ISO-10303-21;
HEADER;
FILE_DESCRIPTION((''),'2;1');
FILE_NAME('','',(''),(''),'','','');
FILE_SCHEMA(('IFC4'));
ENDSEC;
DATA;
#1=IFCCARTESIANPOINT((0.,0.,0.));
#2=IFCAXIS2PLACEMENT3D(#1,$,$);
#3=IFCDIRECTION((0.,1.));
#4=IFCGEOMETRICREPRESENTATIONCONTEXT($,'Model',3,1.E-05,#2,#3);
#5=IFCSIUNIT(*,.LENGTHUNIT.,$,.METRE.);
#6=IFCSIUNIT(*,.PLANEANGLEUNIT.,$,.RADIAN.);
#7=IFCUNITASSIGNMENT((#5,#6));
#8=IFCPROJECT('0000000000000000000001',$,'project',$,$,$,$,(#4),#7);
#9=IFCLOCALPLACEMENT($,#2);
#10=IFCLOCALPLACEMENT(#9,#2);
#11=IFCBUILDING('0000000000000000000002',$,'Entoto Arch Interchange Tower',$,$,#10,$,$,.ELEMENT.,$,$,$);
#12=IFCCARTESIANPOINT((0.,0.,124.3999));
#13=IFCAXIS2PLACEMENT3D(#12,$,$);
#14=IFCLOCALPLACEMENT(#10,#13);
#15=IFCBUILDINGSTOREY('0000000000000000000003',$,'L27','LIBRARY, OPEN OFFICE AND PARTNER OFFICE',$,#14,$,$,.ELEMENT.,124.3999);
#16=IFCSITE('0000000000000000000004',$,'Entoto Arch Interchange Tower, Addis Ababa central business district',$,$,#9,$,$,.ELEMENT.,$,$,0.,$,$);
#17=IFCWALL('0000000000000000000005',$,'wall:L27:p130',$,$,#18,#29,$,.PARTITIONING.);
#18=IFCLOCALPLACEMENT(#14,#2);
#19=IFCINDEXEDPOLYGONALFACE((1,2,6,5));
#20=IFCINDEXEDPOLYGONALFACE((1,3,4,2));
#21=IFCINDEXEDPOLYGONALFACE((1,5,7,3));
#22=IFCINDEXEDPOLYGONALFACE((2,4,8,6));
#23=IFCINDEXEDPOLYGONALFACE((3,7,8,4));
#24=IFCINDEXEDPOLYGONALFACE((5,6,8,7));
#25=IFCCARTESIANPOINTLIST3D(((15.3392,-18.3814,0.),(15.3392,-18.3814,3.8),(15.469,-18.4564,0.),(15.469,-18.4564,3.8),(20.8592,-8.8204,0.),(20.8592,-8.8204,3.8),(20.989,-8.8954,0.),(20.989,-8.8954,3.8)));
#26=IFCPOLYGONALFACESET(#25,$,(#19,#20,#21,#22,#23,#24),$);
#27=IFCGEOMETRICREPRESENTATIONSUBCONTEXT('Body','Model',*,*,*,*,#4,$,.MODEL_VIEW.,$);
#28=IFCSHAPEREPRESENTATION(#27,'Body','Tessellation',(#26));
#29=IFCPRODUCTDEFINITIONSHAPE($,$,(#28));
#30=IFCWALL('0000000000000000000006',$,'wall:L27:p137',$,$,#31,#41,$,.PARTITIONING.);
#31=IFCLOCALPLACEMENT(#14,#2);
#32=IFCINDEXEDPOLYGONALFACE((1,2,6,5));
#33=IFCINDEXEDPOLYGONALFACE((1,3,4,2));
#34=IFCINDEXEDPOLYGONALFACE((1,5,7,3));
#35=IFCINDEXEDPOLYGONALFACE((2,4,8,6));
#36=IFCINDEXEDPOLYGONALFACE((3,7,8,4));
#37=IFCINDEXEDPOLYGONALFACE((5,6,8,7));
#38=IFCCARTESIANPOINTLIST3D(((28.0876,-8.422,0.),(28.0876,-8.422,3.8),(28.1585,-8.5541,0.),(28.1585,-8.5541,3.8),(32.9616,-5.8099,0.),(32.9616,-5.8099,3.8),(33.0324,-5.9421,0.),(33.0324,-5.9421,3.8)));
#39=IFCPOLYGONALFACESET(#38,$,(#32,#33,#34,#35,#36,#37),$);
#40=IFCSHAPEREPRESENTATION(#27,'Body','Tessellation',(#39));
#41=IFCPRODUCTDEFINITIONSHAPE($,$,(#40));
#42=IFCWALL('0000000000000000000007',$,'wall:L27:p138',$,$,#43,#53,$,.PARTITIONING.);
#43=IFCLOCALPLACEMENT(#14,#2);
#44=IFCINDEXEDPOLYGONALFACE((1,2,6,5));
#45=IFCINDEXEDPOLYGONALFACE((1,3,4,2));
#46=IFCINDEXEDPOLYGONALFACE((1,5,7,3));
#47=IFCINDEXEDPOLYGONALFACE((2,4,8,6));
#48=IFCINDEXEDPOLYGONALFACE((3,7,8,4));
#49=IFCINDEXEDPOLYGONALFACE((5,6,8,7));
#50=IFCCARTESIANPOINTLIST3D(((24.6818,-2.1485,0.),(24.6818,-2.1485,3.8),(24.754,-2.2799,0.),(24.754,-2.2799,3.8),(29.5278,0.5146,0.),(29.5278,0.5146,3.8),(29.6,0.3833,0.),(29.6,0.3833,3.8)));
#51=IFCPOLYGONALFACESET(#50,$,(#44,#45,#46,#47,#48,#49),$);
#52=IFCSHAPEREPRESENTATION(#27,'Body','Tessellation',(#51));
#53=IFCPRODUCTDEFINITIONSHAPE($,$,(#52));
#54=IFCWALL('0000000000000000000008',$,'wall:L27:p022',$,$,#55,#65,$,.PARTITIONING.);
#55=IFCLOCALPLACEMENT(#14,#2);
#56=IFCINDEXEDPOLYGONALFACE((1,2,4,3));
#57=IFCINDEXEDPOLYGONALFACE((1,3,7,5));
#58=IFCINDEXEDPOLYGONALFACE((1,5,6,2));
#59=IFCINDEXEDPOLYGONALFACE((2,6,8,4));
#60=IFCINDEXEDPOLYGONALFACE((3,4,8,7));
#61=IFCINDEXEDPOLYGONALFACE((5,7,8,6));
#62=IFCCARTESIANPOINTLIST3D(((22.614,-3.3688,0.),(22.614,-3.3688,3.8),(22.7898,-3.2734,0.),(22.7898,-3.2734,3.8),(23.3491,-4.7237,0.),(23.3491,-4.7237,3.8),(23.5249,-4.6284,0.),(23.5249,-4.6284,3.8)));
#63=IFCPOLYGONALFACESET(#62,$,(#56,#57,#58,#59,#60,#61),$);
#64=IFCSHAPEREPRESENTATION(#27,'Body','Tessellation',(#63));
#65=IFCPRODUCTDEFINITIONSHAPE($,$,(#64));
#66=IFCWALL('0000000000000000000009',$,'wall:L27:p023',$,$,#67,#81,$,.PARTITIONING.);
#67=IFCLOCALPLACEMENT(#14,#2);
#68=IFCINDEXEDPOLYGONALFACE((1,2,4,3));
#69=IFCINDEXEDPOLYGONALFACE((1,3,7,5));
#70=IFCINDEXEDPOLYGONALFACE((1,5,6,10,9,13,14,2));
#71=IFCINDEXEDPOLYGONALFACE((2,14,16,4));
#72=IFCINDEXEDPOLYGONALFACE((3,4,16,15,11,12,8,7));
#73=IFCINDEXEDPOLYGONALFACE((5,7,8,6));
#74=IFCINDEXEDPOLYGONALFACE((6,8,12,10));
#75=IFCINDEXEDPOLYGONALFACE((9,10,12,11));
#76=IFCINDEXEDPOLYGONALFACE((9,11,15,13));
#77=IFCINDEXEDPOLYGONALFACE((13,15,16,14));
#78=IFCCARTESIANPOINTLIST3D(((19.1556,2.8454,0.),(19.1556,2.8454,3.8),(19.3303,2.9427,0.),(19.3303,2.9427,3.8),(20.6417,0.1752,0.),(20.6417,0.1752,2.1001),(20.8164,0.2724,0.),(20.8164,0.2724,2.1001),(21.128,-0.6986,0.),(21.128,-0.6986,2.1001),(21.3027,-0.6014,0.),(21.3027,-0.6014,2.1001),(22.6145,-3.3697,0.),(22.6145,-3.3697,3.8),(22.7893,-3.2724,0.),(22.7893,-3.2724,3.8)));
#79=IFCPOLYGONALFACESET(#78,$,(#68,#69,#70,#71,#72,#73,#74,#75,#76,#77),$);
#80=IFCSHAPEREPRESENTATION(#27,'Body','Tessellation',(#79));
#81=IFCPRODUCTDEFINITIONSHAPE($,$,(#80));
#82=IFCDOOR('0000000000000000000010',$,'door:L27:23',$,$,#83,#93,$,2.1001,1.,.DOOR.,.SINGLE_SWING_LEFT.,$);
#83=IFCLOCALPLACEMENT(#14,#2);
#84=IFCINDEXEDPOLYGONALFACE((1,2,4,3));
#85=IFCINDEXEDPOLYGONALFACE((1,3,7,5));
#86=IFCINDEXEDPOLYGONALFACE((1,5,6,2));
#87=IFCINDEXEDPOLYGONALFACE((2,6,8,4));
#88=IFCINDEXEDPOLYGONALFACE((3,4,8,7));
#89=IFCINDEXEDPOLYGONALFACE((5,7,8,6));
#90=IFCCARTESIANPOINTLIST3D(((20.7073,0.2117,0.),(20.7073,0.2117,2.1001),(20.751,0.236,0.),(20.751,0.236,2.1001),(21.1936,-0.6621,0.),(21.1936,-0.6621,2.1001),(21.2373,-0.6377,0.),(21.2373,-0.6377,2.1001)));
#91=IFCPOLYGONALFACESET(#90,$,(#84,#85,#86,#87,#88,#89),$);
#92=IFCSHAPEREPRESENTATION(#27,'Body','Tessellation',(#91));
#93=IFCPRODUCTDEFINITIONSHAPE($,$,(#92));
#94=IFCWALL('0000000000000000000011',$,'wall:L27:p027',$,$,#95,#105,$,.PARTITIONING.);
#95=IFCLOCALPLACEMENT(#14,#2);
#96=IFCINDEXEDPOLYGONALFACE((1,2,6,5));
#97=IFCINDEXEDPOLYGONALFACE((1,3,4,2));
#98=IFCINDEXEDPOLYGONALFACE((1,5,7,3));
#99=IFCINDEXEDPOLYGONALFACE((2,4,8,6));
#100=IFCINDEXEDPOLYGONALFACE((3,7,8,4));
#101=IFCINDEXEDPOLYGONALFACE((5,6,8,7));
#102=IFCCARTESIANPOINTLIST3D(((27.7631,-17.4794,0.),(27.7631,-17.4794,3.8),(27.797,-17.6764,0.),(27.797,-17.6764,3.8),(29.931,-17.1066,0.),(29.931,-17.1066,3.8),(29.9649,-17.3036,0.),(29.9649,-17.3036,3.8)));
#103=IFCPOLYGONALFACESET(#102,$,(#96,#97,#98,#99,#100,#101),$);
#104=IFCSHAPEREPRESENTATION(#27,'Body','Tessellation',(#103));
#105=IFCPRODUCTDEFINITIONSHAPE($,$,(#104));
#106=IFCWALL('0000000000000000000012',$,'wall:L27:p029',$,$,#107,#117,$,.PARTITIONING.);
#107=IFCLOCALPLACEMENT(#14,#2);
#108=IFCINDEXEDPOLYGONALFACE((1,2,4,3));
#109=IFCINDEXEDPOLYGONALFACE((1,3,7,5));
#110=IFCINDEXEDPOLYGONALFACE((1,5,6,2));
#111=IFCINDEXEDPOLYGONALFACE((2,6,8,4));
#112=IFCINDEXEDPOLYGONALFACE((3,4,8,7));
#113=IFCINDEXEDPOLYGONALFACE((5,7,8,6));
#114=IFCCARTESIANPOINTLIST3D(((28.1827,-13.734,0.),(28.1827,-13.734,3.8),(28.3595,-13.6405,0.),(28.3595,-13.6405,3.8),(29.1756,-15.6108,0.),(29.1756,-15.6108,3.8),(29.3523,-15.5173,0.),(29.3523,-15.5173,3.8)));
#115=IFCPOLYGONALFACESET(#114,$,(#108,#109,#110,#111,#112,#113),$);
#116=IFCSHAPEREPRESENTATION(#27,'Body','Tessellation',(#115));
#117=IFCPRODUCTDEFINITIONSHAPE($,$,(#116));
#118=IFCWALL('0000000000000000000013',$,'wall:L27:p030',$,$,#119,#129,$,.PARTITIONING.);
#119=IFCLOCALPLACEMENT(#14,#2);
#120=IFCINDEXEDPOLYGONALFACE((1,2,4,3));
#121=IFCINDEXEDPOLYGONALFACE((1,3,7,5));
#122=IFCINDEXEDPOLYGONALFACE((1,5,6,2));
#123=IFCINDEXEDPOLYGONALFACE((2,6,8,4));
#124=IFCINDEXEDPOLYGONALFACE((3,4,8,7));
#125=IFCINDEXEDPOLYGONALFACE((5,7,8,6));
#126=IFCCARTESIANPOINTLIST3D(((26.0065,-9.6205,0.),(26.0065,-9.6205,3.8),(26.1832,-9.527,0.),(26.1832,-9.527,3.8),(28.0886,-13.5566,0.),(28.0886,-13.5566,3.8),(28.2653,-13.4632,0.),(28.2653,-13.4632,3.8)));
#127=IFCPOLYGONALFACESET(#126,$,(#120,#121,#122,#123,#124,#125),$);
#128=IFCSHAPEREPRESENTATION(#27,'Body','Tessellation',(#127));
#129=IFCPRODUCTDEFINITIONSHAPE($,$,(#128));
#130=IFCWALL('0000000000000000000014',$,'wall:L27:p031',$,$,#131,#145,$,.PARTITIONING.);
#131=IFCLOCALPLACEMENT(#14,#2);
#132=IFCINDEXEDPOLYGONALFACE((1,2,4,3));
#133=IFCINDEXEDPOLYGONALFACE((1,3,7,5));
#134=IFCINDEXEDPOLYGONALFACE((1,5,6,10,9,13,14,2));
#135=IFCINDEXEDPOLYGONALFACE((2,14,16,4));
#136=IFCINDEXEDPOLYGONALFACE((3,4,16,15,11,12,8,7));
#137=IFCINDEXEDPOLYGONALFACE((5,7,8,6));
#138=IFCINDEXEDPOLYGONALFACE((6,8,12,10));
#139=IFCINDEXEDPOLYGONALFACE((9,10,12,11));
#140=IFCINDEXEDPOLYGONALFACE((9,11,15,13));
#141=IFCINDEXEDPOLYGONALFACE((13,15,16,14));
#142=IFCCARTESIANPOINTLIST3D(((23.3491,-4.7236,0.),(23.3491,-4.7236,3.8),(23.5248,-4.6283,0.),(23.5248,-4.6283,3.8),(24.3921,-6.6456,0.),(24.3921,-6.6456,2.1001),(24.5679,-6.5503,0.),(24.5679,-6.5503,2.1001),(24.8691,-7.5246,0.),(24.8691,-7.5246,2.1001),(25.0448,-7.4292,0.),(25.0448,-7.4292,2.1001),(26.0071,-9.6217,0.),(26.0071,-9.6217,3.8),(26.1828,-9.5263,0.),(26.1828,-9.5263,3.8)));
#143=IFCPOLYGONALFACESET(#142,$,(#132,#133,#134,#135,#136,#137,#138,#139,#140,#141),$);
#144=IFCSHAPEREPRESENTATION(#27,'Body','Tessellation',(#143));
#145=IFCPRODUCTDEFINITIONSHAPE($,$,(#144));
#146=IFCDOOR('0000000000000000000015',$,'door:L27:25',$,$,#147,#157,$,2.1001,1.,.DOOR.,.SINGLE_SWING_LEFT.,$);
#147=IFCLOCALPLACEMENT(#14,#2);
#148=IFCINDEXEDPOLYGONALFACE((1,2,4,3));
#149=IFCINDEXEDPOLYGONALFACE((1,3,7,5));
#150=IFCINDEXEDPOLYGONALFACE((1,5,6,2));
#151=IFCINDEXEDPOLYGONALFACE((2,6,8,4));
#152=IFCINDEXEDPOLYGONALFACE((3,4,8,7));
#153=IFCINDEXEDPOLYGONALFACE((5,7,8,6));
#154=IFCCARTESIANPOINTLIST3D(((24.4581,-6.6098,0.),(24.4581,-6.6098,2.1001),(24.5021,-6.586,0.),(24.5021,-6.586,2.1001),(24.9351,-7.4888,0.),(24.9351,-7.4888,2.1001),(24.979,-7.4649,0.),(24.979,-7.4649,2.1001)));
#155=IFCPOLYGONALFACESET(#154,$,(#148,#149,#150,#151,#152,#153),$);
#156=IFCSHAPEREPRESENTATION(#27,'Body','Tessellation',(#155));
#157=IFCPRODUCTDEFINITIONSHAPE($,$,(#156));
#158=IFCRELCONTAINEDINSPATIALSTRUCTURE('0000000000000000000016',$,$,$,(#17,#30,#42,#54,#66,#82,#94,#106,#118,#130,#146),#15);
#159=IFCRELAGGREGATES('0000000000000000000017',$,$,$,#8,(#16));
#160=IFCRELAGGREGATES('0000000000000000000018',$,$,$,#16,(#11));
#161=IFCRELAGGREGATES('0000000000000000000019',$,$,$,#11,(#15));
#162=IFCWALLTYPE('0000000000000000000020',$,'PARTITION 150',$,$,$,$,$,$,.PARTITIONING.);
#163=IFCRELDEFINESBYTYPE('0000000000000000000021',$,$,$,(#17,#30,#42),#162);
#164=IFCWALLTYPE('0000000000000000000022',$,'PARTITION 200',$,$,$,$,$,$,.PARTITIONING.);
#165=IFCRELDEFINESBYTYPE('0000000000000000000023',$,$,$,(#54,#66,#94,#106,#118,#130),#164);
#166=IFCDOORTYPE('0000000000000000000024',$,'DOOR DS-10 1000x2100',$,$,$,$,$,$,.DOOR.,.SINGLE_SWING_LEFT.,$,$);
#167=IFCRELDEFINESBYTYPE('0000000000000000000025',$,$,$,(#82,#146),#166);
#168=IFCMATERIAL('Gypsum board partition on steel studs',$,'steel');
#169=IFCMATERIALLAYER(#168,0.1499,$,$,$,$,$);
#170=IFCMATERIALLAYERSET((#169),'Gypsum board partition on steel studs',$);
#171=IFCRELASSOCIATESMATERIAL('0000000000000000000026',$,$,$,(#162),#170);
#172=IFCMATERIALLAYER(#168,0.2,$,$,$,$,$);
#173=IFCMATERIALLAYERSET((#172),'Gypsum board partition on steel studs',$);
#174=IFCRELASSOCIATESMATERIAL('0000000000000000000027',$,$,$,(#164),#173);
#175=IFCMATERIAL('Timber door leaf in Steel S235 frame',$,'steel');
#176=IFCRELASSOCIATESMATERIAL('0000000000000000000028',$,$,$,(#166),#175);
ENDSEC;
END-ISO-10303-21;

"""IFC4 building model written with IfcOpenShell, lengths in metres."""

from ifc_helpers import new_model, si_unit, direction, frame, frame_2d, origin, place, context, subcontext, project, spatial, rectangle, extrude, material, layer, layer_set, type_object, element, fill, save


model = new_model("IFC4")

# Units and contexts
model_context = context("Model", 3, precision=1e-05, world=origin(), true_north=direction((0.0, 1.0)))
body_context = subcontext(model_context, "Body", "Model", "MODEL_VIEW")
ifc_project = project(units=[si_unit("LENGTHUNIT", "METRE"), si_unit("PLANEANGLEUNIT", "RADIAN")], contexts=[model_context])

# Site, building, storey
site_placement = place(None, origin())
site = spatial("IfcSite", under=ifc_project, at=site_placement, Name="Entoto Arch Interchange Tower, Addis Ababa central business district", CompositionType="ELEMENT", RefElevation=0.0)
building_placement = place(site_placement, origin())
building = spatial("IfcBuilding", under=site, at=building_placement, Name="Entoto Arch Interchange Tower", CompositionType="ELEMENT")
storey_placement = place(building_placement, frame((0.0, 0.0, 124.3999)))
storey = spatial("IfcBuildingStorey", under=building, at=storey_placement, Name="L27", Description="LIBRARY, OPEN OFFICE AND PARTNER OFFICE", CompositionType="ELEMENT", Elevation=124.3999)

# Walls
ifc_material_1 = material(Name="Gypsum board partition on steel studs", Category="steel")
ifc_layer_1 = layer(ifc_material_1, 0.1499)
ifc_layer_set_1 = layer_set([ifc_layer_1], Name="Gypsum board partition on steel studs")
wall_type_1 = type_object("IfcWallType", Name="PARTITION 150", PredefinedType="PARTITIONING", material=ifc_layer_set_1)
wall_1_placement = place(storey_placement, frame((20.9241, -8.8579, 0.0), z_axis=(0.0, 0.0, 1.0), x_axis=(-0.499997, -0.866027, 0.0)))
element("IfcWall", 1, at=wall_1_placement, inside=storey, type_object=wall_type_1, Name="wall:L27:p130", PredefinedType="PARTITIONING", context=body_context, shape_type="SweptSolid", body=[
    extrude(rectangle(XDim=11.04, YDim=0.1499, at=frame_2d((5.52, 0.0))), origin(), (0.0, 0.0, 1.0), 3.8),
])
wall_2_placement = place(storey_placement, frame((28.123, -8.488, 0.0), z_axis=(0.0, 0.0, 1.0), x_axis=(0.881406, 0.472359, 0.0)))
element("IfcWall", 2, at=wall_2_placement, inside=storey, type_object=wall_type_1, Name="wall:L27:p137", PredefinedType="PARTITIONING", context=body_context, shape_type="SweptSolid", body=[
    extrude(rectangle(XDim=5.5298, YDim=0.1499, at=frame_2d((2.7649, 0.0))), origin(), (0.0, 0.0, 1.0), 3.8),
])
wall_3_placement = place(storey_placement, frame((24.718, -2.2141, 0.0), z_axis=(0.0, 0.0, 1.0), x_axis=(0.876383, 0.481615, 0.0)))
element("IfcWall", 3, at=wall_3_placement, inside=storey, type_object=wall_type_1, Name="wall:L27:p138", PredefinedType="PARTITIONING", context=body_context, shape_type="SweptSolid", body=[
    extrude(rectangle(XDim=5.5295, YDim=0.1499, at=frame_2d((2.7646, 0.0))), origin(), (0.0, 0.0, 1.0), 3.8),
])
ifc_layer_2 = layer(ifc_material_1, 0.2)
ifc_layer_set_2 = layer_set([ifc_layer_2], Name="Gypsum board partition on steel studs")
wall_type_2 = type_object("IfcWallType", Name="PARTITION 200", PredefinedType="PARTITIONING", material=ifc_layer_set_2)
wall_4_placement = place(storey_placement, frame((23.437, -4.676, 0.0), z_axis=(0.0, 0.0, 1.0), x_axis=(-0.476865, 0.878977, 0.0)))
element("IfcWall", 4, at=wall_4_placement, inside=storey, type_object=wall_type_2, Name="wall:L27:p022", PredefinedType="PARTITIONING", context=body_context, shape_type="SweptSolid", body=[
    extrude(rectangle(XDim=1.5415, YDim=0.2, at=frame_2d((0.7708, 0.0))), origin(), (0.0, 0.0, 1.0), 3.8),
])

# Wall, opening, door
wall_5_placement = place(storey_placement, frame((22.7019, -3.321, 0.0), z_axis=(0.0, 0.0, 1.0), x_axis=(-0.486304, 0.873789, 0.0)))
wall_5 = element("IfcWall", 5, at=wall_5_placement, inside=storey, type_object=wall_type_2, Name="wall:L27:p023", PredefinedType="PARTITIONING", context=body_context, shape_type="SweptSolid", body=[
    extrude(rectangle(XDim=7.1128, YDim=0.2, at=frame_2d((3.5564, 0.0))), origin(), (0.0, 0.0, 1.0), 3.8),
])
opening_1_placement = place(wall_5_placement, frame((3.0569, 0.0, 0.0)))
opening_1 = element("IfcOpeningElement", 6, at=opening_1_placement, cuts=wall_5, PredefinedType="OPENING", context=body_context, shape_type="SweptSolid", body=[
    extrude(rectangle(XDim=1.0, YDim=2.1001, at=frame_2d((0.5, 1.05))), frame((0.0, 0.1099, 0.0), z_axis=(0.0, -1.0, 0.0), x_axis=(1.0, 0.0, 0.0)), (0.0, 0.0, 1.0), 0.22),
])
ifc_material_2 = material(Name="Timber door leaf in Steel S235 frame", Category="steel")
door_type = type_object("IfcDoorType", Name="DOOR DS-10 1000x2100", OperationType="SINGLE_SWING_LEFT", PredefinedType="DOOR", material=ifc_material_2)
door_1_placement = place(opening_1_placement, origin())
door_1 = element("IfcDoor", 7, at=door_1_placement, inside=storey, type_object=door_type, Name="door:L27:23", OperationType="SINGLE_SWING_LEFT", OverallHeight=2.1001, OverallWidth=1.0, PredefinedType="DOOR", context=body_context, shape_type="SweptSolid", body=[
    extrude(rectangle(XDim=1.0, YDim=2.1001, at=frame_2d((0.5, 1.05))), frame((0.0, 0.0249, 0.0), z_axis=(0.0, -1.0, 0.0), x_axis=(1.0, 0.0, 0.0)), (0.0, 0.0, 1.0), 0.05),
])
fill(opening_1, door_1)

# Walls
wall_6_placement = place(storey_placement, frame((27.78, -17.5779, 0.0), z_axis=(0.0, 0.0, 1.0), x_axis=(0.985535, 0.169472, 0.0)))
element("IfcWall", 8, at=wall_6_placement, inside=storey, type_object=wall_type_2, Name="wall:L27:p027", PredefinedType="PARTITIONING", context=body_context, shape_type="SweptSolid", body=[
    extrude(rectangle(XDim=2.1997, YDim=0.2, at=frame_2d((1.0999, 0.0))), origin(), (0.0, 0.0, 1.0), 3.8),
])
wall_7_placement = place(storey_placement, frame((29.2639, -15.564, 0.0), z_axis=(0.0, 0.0, 1.0), x_axis=(-0.467608, 0.883936, 0.0)))
element("IfcWall", 9, at=wall_7_placement, inside=storey, type_object=wall_type_2, Name="wall:L27:p029", PredefinedType="PARTITIONING", context=body_context, shape_type="SweptSolid", body=[
    extrude(rectangle(XDim=2.1233, YDim=0.2, at=frame_2d((1.0615, 0.0))), origin(), (0.0, 0.0, 1.0), 3.8),
])
wall_8_placement = place(storey_placement, frame((28.177, -13.51, 0.0), z_axis=(0.0, 0.0, 1.0), x_axis=(-0.46758, 0.883951, 0.0)))
element("IfcWall", 10, at=wall_8_placement, inside=storey, type_object=wall_type_2, Name="wall:L27:p030", PredefinedType="PARTITIONING", context=body_context, shape_type="SweptSolid", body=[
    extrude(rectangle(XDim=4.4529, YDim=0.2, at=frame_2d((2.2266, 0.0))), origin(), (0.0, 0.0, 1.0), 3.8),
])

# Wall, opening, door
wall_9_placement = place(storey_placement, frame((26.095, -9.574, 0.0), z_axis=(0.0, 0.0, 1.0), x_axis=(-0.476963, 0.878923, 0.0)))
wall_9 = element("IfcWall", 11, at=wall_9_placement, inside=storey, type_object=wall_type_2, Name="wall:L27:p031", PredefinedType="PARTITIONING", context=body_context, shape_type="SweptSolid", body=[
    extrude(rectangle(XDim=5.5728, YDim=0.2, at=frame_2d((2.7864, 0.0))), origin(), (0.0, 0.0, 1.0), 3.8),
])
opening_2_placement = place(wall_9_placement, frame((2.386, 0.0, 0.0)))
opening_2 = element("IfcOpeningElement", 12, at=opening_2_placement, cuts=wall_9, PredefinedType="OPENING", context=body_context, shape_type="SweptSolid", body=[
    extrude(rectangle(XDim=1.0, YDim=2.1001, at=frame_2d((0.5, 1.05))), frame((0.0, 0.1099, 0.0), z_axis=(0.0, -1.0, 0.0), x_axis=(1.0, 0.0, 0.0)), (0.0, 0.0, 1.0), 0.22),
])
door_2_placement = place(opening_2_placement, origin())
door_2 = element("IfcDoor", 13, at=door_2_placement, inside=storey, type_object=door_type, Name="door:L27:25", OperationType="SINGLE_SWING_LEFT", OverallHeight=2.1001, OverallWidth=1.0, PredefinedType="DOOR", context=body_context, shape_type="SweptSolid", body=[
    extrude(rectangle(XDim=1.0, YDim=2.1001, at=frame_2d((0.5, 1.05))), frame((0.0, 0.0249, 0.0), z_axis=(0.0, -1.0, 0.0), x_axis=(1.0, 0.0, 0.0)), (0.0, 0.0, 1.0), 0.05),
])
fill(opening_2, door_2)

save(model, "model.ifc")
